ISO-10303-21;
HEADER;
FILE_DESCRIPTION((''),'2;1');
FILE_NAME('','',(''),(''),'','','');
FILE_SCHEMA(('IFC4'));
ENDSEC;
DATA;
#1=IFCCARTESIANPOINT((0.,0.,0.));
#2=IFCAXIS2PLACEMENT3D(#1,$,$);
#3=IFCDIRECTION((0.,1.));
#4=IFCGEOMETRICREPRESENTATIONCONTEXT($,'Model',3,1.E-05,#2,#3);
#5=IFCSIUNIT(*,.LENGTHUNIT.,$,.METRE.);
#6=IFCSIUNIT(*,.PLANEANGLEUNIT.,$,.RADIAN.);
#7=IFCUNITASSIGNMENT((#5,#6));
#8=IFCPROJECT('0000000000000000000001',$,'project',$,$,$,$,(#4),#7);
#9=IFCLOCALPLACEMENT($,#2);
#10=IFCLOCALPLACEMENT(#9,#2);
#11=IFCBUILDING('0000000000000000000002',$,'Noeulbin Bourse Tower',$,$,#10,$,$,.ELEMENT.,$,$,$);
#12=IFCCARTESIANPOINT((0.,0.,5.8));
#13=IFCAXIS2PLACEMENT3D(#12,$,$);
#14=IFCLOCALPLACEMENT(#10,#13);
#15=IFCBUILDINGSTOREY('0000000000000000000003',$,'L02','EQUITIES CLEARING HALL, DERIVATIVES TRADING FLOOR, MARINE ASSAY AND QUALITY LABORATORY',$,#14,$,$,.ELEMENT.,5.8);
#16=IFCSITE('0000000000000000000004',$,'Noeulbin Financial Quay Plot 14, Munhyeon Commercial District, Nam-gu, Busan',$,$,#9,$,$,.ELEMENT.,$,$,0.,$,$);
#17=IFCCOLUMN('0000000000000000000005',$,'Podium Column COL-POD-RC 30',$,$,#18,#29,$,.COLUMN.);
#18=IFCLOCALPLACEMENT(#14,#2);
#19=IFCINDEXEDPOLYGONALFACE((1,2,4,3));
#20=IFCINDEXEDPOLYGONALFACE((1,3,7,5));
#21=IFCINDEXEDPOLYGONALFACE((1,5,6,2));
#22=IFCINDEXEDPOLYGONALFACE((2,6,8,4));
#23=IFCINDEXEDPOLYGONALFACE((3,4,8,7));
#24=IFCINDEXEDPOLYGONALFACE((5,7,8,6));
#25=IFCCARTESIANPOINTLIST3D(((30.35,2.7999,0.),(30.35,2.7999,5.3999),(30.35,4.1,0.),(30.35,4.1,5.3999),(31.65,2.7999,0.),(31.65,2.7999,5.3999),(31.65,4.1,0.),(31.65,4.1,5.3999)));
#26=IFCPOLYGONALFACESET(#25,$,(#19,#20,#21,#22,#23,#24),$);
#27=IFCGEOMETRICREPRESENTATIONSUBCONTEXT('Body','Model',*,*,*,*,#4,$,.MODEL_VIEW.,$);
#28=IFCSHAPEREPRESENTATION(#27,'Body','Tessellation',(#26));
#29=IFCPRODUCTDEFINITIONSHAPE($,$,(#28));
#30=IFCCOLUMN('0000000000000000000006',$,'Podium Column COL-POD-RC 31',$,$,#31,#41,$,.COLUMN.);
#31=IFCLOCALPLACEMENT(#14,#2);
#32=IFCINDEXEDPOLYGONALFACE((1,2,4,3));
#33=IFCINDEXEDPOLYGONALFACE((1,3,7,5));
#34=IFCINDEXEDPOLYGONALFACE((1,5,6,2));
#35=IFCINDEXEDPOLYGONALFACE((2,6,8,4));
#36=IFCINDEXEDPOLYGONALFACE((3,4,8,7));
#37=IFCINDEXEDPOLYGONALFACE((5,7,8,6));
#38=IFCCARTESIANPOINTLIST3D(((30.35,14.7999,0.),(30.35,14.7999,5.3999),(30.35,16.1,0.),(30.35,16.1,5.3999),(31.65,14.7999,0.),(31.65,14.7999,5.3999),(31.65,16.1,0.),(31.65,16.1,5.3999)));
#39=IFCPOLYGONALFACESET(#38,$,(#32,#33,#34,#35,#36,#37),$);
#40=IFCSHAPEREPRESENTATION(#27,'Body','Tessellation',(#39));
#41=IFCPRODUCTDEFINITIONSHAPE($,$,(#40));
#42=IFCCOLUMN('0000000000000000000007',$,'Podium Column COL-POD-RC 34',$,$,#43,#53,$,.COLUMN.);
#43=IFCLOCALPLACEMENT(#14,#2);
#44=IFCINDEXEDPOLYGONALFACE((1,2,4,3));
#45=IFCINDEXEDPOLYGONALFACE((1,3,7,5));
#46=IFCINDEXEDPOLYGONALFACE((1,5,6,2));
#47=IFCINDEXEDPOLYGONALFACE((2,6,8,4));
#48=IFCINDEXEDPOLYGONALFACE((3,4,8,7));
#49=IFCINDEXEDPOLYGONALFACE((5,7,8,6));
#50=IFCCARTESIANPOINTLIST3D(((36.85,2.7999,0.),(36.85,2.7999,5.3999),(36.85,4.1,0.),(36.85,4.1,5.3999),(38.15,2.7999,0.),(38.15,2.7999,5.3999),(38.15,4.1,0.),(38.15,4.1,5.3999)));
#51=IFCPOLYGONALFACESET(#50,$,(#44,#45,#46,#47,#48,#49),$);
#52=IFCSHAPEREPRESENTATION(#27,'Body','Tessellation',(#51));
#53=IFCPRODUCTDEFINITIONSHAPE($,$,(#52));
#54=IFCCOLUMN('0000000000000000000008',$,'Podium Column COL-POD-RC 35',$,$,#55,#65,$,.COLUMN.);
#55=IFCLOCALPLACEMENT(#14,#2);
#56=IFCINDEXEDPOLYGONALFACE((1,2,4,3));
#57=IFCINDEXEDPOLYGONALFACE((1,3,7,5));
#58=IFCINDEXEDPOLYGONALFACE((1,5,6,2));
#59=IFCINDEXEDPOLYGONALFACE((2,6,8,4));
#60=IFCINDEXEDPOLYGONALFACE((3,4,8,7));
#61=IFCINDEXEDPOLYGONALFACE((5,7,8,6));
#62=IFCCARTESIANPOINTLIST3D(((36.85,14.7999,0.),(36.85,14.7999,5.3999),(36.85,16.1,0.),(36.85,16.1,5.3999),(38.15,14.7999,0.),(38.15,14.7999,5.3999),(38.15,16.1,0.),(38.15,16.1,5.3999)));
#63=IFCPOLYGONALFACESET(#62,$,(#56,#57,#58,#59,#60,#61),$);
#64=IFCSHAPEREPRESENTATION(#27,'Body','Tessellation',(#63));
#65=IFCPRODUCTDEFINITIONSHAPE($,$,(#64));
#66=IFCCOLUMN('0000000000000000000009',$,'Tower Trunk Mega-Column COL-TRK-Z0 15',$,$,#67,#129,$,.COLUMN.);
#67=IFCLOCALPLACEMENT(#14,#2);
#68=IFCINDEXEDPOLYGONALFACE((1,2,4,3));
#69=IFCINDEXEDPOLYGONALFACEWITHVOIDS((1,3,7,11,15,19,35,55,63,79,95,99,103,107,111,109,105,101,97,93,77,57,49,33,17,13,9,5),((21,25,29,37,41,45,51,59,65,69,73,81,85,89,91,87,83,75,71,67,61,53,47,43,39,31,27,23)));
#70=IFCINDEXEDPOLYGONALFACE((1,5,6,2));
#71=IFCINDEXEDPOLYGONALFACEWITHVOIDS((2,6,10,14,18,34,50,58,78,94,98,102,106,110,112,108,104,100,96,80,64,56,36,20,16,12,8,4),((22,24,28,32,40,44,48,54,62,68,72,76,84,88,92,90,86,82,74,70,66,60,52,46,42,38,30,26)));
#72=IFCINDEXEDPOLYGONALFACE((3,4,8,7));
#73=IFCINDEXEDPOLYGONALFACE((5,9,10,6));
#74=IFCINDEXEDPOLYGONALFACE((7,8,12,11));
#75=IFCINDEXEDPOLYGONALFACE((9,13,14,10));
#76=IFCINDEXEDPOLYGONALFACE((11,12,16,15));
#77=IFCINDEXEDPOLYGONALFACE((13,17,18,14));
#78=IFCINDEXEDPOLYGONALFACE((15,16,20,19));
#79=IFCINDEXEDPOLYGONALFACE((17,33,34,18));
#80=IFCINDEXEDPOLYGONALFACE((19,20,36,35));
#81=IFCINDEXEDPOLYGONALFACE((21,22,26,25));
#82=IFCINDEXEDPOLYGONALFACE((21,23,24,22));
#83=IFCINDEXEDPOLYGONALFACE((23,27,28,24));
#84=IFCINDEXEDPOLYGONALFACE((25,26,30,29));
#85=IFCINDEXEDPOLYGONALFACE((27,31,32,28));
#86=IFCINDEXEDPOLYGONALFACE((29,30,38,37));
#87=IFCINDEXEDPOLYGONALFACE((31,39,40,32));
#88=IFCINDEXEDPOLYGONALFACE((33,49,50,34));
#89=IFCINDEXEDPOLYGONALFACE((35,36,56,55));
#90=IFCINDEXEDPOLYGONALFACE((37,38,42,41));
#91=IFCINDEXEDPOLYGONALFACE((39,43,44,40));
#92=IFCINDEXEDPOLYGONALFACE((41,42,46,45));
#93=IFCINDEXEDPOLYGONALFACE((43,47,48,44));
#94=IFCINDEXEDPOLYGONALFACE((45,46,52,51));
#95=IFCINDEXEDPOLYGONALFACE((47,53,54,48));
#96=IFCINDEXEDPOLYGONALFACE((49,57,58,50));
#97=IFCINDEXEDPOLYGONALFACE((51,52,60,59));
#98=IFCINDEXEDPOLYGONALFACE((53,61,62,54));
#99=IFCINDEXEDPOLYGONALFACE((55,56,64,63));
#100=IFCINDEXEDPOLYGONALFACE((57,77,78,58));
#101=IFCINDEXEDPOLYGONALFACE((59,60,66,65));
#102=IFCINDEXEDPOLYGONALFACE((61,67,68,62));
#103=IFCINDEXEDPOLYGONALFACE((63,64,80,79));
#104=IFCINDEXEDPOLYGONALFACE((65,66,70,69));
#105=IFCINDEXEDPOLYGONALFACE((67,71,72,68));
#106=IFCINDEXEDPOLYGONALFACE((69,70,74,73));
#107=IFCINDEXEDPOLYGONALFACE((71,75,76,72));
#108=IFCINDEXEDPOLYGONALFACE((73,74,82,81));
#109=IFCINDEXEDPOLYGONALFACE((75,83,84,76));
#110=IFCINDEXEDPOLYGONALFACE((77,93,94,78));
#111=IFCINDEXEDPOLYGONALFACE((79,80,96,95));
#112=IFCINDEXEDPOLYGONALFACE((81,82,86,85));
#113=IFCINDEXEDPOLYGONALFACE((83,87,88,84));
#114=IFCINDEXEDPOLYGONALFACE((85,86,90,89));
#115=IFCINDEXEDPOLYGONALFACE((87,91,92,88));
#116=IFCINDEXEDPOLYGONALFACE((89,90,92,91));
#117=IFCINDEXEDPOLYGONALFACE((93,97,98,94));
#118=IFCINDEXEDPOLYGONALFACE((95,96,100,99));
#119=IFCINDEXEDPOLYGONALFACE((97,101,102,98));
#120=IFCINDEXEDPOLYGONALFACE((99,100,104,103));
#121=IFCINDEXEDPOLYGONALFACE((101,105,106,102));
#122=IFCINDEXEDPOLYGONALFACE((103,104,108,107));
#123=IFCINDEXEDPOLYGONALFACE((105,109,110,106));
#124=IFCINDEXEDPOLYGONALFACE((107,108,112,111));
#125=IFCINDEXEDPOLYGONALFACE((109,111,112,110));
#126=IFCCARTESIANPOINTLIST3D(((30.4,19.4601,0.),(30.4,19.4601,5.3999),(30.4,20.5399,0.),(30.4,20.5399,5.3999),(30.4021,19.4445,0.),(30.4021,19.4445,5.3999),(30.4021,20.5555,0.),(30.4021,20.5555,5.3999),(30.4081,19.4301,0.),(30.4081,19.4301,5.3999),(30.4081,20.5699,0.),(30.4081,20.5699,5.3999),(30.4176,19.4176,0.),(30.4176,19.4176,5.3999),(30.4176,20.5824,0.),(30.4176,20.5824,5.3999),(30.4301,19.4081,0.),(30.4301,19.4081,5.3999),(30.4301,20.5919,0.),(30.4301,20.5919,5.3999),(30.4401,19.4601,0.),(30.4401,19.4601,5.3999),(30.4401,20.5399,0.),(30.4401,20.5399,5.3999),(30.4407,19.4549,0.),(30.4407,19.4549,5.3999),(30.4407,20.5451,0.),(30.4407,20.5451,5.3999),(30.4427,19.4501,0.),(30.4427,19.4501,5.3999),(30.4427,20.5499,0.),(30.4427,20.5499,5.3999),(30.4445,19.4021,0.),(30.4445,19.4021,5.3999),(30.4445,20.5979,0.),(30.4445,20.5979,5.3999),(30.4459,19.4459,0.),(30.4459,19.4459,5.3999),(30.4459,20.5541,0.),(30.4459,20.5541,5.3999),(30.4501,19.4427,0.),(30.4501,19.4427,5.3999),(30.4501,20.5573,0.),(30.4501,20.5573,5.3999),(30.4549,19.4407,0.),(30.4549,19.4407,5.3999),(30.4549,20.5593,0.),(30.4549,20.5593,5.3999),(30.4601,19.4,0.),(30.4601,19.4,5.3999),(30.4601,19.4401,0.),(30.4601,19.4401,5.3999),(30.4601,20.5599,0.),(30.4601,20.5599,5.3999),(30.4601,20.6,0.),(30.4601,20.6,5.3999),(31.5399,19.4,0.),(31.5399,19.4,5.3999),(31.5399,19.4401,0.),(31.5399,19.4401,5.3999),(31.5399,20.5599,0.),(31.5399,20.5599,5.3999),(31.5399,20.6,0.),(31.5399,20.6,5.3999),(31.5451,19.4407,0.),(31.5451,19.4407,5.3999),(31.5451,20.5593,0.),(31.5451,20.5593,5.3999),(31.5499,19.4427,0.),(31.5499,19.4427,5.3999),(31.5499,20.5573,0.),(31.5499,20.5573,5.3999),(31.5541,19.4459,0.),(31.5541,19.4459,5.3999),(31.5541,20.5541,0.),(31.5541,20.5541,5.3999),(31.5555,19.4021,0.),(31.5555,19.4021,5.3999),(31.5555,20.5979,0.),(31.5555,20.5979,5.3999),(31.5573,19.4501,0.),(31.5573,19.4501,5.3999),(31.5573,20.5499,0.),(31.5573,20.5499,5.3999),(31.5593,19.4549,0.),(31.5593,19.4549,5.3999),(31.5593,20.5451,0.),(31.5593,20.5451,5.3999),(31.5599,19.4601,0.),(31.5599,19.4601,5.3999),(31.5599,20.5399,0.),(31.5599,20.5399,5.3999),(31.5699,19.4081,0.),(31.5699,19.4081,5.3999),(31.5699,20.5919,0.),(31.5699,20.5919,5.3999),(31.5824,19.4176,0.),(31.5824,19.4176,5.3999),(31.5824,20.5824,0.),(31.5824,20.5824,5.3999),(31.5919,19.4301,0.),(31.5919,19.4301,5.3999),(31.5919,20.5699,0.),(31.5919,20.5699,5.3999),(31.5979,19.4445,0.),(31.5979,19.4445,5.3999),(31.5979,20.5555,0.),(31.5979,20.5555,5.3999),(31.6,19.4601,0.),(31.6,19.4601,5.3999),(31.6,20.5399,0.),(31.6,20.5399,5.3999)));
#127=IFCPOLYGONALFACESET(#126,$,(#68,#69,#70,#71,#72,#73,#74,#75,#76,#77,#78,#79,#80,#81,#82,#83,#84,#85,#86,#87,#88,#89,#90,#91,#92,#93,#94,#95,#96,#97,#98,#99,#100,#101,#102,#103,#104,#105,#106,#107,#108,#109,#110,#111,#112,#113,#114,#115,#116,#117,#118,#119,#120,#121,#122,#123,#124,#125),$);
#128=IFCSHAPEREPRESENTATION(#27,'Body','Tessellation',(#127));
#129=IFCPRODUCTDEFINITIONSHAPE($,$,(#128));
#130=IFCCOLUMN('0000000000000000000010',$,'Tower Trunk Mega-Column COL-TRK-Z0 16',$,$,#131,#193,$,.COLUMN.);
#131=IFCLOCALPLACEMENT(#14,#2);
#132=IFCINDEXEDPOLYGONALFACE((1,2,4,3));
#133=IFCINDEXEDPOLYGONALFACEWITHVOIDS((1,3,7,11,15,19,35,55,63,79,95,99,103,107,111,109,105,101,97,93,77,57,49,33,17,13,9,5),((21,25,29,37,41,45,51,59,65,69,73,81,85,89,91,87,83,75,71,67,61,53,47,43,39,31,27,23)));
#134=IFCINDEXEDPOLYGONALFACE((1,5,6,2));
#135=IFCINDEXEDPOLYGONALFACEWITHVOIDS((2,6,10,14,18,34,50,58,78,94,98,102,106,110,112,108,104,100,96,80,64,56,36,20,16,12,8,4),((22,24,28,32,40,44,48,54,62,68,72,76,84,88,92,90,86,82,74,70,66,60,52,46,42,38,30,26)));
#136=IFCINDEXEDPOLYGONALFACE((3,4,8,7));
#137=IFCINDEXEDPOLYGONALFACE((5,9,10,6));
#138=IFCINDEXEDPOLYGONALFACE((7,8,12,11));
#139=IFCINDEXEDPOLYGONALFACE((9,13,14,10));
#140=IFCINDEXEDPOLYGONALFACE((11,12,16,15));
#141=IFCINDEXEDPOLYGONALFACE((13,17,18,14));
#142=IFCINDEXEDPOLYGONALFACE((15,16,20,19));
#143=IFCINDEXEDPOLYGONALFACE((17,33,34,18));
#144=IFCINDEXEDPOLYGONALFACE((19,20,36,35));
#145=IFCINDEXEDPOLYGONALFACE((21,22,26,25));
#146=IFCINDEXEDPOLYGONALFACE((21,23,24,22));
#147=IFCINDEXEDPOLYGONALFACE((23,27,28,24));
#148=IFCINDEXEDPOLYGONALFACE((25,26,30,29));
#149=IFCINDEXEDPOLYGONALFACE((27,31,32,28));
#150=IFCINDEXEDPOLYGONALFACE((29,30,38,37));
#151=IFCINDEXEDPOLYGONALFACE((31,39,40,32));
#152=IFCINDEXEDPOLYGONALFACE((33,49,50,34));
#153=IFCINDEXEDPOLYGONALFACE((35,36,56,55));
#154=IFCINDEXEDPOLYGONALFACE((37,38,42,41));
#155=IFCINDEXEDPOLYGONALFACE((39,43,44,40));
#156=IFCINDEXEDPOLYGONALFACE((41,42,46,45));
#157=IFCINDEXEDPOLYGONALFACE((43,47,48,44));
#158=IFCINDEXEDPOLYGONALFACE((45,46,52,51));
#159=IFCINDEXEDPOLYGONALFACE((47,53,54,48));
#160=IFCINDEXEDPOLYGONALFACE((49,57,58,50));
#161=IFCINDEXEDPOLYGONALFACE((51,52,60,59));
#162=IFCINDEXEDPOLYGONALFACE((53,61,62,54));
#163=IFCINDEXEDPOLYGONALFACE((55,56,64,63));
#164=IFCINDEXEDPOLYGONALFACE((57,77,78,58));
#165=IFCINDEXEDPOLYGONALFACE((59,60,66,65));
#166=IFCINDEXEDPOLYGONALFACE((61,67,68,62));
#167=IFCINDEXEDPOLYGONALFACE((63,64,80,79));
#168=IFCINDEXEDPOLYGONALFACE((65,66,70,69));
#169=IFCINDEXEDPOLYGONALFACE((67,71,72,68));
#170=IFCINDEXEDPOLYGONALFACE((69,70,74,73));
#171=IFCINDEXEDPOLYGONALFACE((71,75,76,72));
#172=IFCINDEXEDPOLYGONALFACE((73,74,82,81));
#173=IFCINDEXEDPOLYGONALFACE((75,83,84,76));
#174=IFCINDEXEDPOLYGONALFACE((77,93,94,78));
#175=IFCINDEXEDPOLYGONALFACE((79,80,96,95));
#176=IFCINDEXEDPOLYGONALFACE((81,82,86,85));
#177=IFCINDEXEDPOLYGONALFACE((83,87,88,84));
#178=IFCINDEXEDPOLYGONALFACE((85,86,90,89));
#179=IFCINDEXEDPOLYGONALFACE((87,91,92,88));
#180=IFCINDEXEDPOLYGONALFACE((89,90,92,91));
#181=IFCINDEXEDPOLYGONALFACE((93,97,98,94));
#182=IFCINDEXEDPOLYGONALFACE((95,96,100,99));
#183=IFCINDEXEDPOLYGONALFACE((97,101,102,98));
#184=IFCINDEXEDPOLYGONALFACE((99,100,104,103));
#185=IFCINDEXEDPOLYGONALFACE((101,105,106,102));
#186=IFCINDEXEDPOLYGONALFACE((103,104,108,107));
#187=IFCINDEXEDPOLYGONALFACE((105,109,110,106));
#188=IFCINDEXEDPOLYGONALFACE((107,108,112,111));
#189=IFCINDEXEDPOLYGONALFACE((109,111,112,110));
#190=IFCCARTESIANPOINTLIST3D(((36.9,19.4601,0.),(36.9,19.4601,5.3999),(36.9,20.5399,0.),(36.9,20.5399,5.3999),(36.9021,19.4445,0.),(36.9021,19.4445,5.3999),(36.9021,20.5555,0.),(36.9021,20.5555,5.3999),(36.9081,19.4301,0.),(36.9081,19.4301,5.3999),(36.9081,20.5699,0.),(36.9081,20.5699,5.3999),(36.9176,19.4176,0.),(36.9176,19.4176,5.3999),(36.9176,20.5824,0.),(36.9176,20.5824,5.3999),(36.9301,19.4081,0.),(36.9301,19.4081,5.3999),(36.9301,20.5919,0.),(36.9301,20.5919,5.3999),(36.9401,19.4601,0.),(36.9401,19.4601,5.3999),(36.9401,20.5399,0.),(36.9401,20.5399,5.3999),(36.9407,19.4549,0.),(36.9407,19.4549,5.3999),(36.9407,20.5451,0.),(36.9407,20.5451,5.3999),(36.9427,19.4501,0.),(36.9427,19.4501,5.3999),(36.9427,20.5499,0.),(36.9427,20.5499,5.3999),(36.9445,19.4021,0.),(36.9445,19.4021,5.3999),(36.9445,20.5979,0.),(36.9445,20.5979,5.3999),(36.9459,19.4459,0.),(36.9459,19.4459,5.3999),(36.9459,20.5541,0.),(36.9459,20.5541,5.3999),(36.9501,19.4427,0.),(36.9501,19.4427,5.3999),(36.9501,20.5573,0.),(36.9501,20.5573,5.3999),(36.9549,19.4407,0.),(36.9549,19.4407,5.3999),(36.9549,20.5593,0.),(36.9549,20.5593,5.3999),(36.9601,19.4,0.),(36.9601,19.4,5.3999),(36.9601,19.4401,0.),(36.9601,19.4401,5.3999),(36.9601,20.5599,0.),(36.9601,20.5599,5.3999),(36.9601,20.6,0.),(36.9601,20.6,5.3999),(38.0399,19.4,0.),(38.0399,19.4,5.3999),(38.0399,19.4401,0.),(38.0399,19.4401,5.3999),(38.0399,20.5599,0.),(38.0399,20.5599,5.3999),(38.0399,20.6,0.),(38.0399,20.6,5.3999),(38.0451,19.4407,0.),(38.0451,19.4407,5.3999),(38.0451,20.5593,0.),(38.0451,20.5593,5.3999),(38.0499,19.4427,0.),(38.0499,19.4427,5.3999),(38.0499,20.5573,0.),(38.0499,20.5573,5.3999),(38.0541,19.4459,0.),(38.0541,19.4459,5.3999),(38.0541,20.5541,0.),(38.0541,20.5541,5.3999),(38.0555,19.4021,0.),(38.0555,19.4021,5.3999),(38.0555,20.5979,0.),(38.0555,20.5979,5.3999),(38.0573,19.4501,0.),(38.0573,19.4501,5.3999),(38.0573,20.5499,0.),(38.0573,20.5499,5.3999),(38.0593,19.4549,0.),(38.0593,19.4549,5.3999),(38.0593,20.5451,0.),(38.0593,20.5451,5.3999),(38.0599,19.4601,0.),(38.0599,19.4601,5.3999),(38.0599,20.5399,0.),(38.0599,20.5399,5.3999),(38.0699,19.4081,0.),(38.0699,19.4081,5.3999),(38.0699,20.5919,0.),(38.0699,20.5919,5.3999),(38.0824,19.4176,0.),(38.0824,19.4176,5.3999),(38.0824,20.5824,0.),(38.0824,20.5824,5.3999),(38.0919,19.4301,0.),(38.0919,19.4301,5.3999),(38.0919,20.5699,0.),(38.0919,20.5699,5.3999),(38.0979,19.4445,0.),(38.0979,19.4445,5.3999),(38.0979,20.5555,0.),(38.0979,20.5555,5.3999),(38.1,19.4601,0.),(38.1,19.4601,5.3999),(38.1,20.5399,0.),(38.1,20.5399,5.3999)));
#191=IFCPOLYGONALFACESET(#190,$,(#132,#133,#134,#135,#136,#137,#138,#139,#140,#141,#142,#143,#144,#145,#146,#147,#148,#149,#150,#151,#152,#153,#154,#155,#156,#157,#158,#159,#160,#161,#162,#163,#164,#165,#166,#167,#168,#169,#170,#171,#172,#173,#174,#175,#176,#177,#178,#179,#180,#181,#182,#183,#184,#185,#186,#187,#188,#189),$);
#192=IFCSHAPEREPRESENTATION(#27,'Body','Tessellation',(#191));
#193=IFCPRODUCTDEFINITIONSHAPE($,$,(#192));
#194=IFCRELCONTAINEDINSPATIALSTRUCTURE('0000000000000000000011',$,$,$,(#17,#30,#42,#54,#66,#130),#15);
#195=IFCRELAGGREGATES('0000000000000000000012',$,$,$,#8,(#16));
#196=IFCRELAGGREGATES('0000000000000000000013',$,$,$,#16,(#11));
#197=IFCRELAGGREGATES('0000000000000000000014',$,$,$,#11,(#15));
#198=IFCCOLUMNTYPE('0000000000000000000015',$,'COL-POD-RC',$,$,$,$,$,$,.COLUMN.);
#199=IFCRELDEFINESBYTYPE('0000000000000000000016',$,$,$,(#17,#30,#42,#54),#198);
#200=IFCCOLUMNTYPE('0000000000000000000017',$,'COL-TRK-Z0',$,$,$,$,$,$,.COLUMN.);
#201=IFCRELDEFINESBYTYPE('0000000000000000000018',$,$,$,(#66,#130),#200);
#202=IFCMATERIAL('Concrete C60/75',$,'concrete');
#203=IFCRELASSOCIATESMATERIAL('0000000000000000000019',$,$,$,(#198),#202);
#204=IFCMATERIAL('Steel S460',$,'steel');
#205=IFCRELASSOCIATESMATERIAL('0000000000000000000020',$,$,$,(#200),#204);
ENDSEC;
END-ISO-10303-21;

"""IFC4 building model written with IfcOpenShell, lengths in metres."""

from ifc_helpers import new_model, si_unit, direction, frame, origin, origin_2d, place, context, subcontext, project, spatial, rectangle, hollow_rectangle, extrude, material, material_profile, profile_set, type_object, element, save


model = new_model("IFC4")

# Units and contexts
model_context = context("Model", 3, precision=1e-05, world=origin(), true_north=direction((0.0, 1.0)))
body_context = subcontext(model_context, "Body", "Model", "MODEL_VIEW")
ifc_project = project(units=[si_unit("LENGTHUNIT", "METRE"), si_unit("PLANEANGLEUNIT", "RADIAN")], contexts=[model_context])

# Site, building, storey
site_placement = place(None, origin())
site = spatial("IfcSite", under=ifc_project, at=site_placement, Name="Noeulbin Financial Quay Plot 14, Munhyeon Commercial District, Nam-gu, Busan", CompositionType="ELEMENT", RefElevation=0.0)
building_placement = place(site_placement, origin())
building = spatial("IfcBuilding", under=site, at=building_placement, Name="Noeulbin Bourse Tower", CompositionType="ELEMENT")
storey_placement = place(building_placement, frame((0.0, 0.0, 5.8)))
storey = spatial("IfcBuildingStorey", under=building, at=storey_placement, Name="L02", Description="EQUITIES CLEARING HALL, DERIVATIVES TRADING FLOOR, MARINE ASSAY AND QUALITY LABORATORY", CompositionType="ELEMENT", Elevation=5.8)

# Columns
ifc_material_1 = material(Name="Concrete C60/75", Category="concrete")
ifc_material_profile_1 = material_profile(ifc_material_1, rectangle(XDim=1.3, YDim=1.3, at=origin_2d()), Name="RC-COL-1300x1300", Category="LoadBearing")
ifc_profile_set_1 = profile_set([ifc_material_profile_1], Name="Concrete C60/75")
column_type_1 = type_object("IfcColumnType", Name="COL-POD-RC", PredefinedType="COLUMN", material=ifc_profile_set_1)
for number, where, z_axis, x_axis, name in (
    (1, (31.0, 3.45, 0.0), (0.0, 0.0, 1.0), (1.0, 0.0, 0.0), "Podium Column COL-POD-RC 30"),
    (2, (31.0, 15.45, 0.0), (0.0, 0.0, 1.0), (1.0, 0.0, 0.0), "Podium Column COL-POD-RC 31"),
    (3, (37.5, 3.45, 0.0), (0.0, 0.0, 1.0), (1.0, 0.0, 0.0), "Podium Column COL-POD-RC 34"),
    (4, (37.5, 15.45, 0.0), (0.0, 0.0, 1.0), (1.0, 0.0, 0.0), "Podium Column COL-POD-RC 35"),
):
    element("IfcColumn", number, at=place(storey_placement, frame(where, z_axis=z_axis, x_axis=x_axis)), inside=storey, type_object=column_type_1, Name=name, PredefinedType="COLUMN", context=body_context, shape_type="SweptSolid", body=[
        extrude(rectangle(XDim=1.3, YDim=1.3, at=origin_2d()), origin(), (0.0, 0.0, 1.0), 5.3999),
    ])
ifc_material_2 = material(Name="Steel S460", Category="steel")
ifc_material_profile_2 = material_profile(ifc_material_2, hollow_rectangle(XDim=1.2, YDim=1.2, WallThickness=0.04, InnerFilletRadius=0.02, OuterFilletRadius=0.0601, at=origin_2d()), Name="BOX-1200x1200x40", Category="LoadBearing")
ifc_profile_set_2 = profile_set([ifc_material_profile_2], Name="Steel S460")
column_type_2 = type_object("IfcColumnType", Name="COL-TRK-Z0", PredefinedType="COLUMN", material=ifc_profile_set_2)
for number, where, z_axis, x_axis, name in (
    (5, (31.0, 20.0, 0.0), (0.0, 0.0, 1.0), (1.0, 0.0, 0.0), "Tower Trunk Mega-Column COL-TRK-Z0 15"),
    (6, (37.5, 20.0, 0.0), (0.0, 0.0, 1.0), (1.0, 0.0, 0.0), "Tower Trunk Mega-Column COL-TRK-Z0 16"),
):
    element("IfcColumn", number, at=place(storey_placement, frame(where, z_axis=z_axis, x_axis=x_axis)), inside=storey, type_object=column_type_2, Name=name, PredefinedType="COLUMN", context=body_context, shape_type="SweptSolid", body=[
        extrude(hollow_rectangle(XDim=1.2, YDim=1.2, WallThickness=0.04, InnerFilletRadius=0.02, OuterFilletRadius=0.0601, at=origin_2d()), origin(), (0.0, 0.0, 1.0), 5.3999),
    ])

save(model, "model.ifc")
